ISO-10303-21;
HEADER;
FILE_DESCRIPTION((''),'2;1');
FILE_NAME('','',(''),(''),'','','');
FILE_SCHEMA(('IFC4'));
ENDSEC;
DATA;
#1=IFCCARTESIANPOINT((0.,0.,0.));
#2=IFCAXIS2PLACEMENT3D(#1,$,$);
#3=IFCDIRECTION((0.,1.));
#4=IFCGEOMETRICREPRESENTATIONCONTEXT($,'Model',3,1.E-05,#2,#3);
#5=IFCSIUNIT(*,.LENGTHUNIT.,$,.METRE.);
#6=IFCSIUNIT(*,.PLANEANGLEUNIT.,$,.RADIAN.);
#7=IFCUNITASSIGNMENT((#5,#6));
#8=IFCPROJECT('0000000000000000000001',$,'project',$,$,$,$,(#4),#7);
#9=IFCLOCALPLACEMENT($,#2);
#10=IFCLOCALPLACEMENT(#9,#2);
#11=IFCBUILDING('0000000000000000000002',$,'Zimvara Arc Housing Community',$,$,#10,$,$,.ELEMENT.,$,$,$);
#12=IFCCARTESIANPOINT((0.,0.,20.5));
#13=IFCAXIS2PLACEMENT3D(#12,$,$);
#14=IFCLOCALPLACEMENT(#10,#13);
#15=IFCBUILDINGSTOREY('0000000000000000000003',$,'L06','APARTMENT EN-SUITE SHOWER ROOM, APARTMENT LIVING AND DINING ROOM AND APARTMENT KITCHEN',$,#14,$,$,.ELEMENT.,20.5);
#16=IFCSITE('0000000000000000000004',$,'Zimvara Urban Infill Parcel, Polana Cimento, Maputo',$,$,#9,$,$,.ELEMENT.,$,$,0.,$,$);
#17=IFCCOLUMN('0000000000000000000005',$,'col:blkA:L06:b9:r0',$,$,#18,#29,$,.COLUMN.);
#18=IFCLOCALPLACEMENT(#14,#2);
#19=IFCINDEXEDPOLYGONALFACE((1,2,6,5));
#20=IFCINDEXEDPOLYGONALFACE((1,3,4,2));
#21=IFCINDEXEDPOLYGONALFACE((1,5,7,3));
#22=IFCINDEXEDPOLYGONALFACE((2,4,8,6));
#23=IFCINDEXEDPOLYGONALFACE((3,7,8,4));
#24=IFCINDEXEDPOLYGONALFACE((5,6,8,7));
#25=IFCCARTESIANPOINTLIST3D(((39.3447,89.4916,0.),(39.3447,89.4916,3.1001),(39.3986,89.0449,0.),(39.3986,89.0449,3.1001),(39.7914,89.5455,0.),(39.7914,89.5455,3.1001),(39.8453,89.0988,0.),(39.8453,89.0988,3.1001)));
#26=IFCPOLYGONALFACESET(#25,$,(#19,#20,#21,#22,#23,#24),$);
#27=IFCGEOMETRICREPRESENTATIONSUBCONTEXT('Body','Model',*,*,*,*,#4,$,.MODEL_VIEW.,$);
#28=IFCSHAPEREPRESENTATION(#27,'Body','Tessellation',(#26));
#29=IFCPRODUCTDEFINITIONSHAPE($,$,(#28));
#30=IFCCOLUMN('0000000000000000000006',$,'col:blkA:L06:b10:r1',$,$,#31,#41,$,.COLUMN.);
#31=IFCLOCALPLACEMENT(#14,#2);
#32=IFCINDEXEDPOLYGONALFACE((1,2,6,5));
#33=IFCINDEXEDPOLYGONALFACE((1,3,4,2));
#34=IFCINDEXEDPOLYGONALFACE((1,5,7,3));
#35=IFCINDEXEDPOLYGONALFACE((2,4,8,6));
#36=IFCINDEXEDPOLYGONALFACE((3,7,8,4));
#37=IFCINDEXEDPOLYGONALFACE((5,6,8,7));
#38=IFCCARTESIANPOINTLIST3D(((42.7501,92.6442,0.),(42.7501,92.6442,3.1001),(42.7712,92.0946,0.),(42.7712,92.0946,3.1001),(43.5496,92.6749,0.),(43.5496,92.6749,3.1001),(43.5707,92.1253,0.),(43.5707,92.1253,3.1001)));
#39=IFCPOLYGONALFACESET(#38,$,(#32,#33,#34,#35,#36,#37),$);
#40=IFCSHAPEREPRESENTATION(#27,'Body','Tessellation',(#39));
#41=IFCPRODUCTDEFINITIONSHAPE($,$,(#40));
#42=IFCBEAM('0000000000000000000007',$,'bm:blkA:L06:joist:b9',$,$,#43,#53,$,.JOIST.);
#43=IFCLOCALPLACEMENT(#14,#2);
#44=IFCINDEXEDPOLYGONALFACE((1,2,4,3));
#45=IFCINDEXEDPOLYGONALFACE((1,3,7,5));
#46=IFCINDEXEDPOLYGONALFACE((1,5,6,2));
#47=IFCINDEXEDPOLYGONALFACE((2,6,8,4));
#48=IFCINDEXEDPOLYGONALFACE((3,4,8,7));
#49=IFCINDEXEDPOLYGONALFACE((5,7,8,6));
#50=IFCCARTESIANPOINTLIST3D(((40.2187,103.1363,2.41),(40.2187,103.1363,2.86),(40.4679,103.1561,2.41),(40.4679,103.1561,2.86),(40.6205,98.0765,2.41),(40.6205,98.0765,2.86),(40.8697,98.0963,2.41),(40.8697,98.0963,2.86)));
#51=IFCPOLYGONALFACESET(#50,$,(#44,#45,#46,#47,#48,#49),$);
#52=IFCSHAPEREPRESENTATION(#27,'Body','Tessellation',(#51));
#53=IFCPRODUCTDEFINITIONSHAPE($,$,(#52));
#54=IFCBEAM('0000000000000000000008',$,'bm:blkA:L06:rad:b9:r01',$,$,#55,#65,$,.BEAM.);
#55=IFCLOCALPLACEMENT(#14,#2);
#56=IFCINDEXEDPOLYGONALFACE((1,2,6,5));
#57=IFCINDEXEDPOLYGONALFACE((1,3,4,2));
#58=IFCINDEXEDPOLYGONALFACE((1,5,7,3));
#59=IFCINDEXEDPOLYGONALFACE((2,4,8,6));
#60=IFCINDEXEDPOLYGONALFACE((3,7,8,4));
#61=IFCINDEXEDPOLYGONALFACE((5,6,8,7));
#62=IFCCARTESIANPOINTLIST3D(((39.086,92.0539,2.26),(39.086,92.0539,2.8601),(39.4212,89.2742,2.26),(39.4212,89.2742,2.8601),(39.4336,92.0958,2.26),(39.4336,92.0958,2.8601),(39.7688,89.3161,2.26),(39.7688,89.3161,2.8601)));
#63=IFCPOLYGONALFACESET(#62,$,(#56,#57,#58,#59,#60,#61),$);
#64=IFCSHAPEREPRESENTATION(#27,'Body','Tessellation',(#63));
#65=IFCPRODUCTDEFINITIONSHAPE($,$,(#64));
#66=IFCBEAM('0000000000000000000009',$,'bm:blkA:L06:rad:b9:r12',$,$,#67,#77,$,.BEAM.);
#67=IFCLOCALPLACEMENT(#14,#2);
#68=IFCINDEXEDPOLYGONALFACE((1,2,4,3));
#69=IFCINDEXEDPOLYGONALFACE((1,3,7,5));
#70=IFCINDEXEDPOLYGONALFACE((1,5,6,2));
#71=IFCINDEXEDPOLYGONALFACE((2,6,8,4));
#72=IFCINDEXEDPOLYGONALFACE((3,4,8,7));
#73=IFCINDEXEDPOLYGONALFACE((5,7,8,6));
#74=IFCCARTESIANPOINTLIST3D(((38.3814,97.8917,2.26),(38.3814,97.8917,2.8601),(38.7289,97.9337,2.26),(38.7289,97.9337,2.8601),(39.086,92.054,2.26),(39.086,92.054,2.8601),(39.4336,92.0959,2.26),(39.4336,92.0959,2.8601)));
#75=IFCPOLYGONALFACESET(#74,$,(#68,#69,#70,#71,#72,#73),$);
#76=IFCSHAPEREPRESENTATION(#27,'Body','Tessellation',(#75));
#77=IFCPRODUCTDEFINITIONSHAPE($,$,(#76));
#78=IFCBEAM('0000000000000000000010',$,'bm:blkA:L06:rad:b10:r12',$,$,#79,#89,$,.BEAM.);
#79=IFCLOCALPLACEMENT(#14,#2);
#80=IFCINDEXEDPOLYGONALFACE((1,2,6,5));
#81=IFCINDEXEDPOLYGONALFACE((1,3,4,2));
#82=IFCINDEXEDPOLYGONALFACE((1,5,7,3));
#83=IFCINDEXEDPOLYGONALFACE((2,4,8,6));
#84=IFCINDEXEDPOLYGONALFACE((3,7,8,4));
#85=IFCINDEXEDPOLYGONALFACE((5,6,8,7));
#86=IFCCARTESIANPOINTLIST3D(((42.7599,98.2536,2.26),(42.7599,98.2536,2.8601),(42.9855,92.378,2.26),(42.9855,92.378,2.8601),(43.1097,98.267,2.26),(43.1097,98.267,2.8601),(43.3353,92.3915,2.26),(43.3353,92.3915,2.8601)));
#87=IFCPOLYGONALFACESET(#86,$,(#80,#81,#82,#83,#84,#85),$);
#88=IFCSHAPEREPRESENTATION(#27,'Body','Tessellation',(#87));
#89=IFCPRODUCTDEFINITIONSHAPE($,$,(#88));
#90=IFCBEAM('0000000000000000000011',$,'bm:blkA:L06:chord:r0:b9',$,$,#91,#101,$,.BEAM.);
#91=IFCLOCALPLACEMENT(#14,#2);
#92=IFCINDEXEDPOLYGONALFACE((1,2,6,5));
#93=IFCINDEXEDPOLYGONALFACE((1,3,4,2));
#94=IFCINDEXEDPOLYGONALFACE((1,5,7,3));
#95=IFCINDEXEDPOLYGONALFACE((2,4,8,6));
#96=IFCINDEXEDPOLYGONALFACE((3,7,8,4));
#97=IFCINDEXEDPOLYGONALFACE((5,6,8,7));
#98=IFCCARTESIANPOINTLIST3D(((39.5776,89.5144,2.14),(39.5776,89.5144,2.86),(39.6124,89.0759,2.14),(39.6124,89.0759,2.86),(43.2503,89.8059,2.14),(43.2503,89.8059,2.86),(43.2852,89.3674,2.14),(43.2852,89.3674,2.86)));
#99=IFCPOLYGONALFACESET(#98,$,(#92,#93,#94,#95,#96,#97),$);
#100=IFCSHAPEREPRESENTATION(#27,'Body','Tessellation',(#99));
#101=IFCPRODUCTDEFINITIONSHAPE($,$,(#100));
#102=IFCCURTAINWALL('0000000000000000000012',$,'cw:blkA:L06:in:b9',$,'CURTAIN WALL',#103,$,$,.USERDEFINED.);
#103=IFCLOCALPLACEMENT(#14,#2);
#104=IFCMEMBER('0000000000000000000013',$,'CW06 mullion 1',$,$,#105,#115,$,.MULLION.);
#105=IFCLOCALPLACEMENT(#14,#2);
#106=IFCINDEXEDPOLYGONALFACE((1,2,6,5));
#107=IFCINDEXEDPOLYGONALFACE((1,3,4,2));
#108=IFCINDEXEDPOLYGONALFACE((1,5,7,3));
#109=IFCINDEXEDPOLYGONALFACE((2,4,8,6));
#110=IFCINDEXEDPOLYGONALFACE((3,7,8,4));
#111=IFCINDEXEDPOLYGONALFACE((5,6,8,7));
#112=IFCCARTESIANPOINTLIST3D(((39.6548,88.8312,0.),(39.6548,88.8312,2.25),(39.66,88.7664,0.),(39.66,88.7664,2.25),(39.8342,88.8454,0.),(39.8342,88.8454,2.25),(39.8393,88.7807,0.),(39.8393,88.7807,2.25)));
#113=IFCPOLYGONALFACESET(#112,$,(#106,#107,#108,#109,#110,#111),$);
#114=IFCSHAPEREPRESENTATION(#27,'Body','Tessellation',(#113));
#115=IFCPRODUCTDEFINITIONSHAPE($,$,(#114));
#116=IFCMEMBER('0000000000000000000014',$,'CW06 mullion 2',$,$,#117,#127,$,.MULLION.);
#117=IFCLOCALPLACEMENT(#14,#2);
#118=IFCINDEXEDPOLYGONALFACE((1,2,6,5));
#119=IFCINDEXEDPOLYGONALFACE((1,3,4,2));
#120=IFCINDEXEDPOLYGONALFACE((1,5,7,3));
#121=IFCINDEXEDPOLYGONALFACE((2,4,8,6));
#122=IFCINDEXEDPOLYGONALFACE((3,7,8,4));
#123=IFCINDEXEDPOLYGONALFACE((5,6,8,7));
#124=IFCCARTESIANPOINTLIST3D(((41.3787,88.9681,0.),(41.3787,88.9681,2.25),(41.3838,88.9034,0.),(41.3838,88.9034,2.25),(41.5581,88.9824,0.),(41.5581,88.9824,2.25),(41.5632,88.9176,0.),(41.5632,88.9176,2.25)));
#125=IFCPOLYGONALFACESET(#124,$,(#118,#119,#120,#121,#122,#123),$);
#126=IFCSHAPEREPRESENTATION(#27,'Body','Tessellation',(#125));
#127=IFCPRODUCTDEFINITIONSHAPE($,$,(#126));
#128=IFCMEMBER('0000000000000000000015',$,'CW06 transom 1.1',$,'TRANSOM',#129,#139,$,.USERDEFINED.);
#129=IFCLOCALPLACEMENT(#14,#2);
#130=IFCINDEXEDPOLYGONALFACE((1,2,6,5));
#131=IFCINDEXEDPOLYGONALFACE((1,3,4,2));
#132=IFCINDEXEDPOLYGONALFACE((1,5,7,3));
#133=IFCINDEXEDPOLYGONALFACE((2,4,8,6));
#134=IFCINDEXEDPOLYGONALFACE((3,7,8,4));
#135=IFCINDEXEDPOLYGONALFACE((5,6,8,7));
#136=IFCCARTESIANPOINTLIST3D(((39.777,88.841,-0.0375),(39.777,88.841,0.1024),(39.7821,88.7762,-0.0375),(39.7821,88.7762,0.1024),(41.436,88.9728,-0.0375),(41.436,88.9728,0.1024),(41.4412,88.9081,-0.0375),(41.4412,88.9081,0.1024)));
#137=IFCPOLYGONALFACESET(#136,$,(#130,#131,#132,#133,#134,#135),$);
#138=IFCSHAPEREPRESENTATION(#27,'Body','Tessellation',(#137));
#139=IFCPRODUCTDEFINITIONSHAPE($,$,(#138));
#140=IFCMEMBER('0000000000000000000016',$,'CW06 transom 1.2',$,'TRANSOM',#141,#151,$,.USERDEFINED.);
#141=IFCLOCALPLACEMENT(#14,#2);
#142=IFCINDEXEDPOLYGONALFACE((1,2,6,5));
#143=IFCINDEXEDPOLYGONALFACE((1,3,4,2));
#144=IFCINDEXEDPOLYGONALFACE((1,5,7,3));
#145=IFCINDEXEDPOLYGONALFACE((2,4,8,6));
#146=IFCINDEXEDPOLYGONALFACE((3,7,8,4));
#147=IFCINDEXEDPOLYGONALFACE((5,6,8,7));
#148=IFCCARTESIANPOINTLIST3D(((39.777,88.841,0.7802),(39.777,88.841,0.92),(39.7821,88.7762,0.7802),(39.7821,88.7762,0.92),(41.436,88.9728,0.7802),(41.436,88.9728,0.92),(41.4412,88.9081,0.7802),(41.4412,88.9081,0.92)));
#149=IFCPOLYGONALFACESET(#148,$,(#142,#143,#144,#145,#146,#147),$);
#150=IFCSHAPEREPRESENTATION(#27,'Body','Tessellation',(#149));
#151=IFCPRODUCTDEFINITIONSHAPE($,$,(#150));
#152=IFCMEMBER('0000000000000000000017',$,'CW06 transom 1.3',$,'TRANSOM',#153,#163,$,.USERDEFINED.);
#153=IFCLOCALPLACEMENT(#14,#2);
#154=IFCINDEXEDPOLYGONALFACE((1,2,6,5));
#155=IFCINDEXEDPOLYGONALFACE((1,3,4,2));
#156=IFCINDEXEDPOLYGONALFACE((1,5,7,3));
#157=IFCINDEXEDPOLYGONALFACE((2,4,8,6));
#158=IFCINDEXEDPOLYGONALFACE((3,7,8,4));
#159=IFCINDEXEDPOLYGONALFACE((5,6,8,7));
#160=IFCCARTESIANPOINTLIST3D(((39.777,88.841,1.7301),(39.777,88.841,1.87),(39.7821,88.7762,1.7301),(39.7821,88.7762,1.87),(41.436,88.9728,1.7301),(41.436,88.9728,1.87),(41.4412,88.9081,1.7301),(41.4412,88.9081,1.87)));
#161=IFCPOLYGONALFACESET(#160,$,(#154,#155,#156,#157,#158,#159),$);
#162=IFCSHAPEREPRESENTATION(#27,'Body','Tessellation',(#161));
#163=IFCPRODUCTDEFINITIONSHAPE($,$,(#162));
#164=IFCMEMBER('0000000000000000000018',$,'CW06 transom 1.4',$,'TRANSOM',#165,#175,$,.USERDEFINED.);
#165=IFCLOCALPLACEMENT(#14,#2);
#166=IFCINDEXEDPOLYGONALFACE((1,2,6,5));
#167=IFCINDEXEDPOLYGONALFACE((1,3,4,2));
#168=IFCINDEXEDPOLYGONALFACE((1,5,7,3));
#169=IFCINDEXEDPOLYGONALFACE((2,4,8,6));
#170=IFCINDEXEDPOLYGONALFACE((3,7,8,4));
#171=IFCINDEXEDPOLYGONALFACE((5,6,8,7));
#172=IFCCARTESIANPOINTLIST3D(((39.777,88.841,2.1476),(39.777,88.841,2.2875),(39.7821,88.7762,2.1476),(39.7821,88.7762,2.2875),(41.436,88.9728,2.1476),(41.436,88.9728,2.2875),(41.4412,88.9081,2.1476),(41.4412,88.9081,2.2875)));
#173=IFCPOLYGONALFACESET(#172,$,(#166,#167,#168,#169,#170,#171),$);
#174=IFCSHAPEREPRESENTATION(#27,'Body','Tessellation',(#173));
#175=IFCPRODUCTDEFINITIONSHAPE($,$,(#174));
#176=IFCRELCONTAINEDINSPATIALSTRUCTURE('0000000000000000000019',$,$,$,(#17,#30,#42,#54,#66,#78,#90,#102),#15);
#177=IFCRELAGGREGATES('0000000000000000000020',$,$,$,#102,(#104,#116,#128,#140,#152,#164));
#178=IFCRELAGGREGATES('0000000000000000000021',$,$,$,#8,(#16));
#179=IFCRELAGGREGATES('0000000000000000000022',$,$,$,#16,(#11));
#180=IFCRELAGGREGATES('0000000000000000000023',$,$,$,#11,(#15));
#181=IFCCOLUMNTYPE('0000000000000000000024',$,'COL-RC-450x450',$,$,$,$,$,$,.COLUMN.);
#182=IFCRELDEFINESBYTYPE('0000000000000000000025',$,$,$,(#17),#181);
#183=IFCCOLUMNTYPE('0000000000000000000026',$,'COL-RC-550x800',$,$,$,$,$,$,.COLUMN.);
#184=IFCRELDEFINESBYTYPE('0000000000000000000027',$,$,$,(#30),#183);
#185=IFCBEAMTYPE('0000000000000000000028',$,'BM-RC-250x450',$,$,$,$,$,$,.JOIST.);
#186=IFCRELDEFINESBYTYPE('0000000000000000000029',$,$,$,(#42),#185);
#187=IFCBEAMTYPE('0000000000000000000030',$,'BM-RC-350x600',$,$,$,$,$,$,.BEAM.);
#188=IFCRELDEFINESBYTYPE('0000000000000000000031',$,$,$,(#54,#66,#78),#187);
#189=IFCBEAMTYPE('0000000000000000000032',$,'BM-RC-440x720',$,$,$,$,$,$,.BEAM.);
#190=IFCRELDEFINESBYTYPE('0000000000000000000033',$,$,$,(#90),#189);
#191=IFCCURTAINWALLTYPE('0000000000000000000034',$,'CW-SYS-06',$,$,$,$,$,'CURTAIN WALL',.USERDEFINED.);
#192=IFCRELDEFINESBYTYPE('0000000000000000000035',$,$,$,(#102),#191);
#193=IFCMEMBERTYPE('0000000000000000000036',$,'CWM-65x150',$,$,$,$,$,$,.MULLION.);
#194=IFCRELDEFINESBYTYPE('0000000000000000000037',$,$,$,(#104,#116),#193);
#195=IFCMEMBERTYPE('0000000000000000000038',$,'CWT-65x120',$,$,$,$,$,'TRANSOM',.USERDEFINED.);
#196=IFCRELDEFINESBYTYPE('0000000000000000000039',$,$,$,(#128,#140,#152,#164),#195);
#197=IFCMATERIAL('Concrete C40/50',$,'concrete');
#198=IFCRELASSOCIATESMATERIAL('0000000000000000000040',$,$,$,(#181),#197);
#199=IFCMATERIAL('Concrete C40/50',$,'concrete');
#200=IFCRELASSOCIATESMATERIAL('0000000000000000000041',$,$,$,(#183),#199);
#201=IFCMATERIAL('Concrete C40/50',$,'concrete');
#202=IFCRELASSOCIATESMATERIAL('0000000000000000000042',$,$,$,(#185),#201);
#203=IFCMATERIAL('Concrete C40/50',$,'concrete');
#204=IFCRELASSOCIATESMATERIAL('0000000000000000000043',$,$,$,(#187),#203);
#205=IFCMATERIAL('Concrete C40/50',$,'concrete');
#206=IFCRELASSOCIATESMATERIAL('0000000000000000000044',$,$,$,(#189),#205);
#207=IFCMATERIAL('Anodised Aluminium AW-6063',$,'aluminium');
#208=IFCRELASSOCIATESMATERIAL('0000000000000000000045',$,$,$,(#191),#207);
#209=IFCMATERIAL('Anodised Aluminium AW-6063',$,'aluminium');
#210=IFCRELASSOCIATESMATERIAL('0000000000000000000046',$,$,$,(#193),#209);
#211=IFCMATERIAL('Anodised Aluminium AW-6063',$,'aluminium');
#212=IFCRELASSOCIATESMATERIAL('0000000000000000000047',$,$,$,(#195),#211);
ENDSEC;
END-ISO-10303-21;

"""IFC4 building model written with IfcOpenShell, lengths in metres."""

from ifc_helpers import new_model, si_unit, direction, frame, origin, origin_2d, place, context, subcontext, project, spatial, rectangle, extrude, material, material_profile, profile_set, type_object, element, aggregate, save


model = new_model("IFC4")

# Units and contexts
model_context = context("Model", 3, precision=1e-05, world=origin(), true_north=direction((0.0, 1.0)))
body_context = subcontext(model_context, "Body", "Model", "MODEL_VIEW")
ifc_project = project(units=[si_unit("LENGTHUNIT", "METRE"), si_unit("PLANEANGLEUNIT", "RADIAN")], contexts=[model_context])

# Site, building, storey
site_placement = place(None, origin())
site = spatial("IfcSite", under=ifc_project, at=site_placement, Name="Zimvara Urban Infill Parcel, Polana Cimento, Maputo", CompositionType="ELEMENT", RefElevation=0.0)
building_placement = place(site_placement, origin())
building = spatial("IfcBuilding", under=site, at=building_placement, Name="Zimvara Arc Housing Community", CompositionType="ELEMENT")
storey_placement = place(building_placement, frame((0.0, 0.0, 20.5)))
storey = spatial("IfcBuildingStorey", under=building, at=storey_placement, Name="L06", Description="APARTMENT EN-SUITE SHOWER ROOM, APARTMENT LIVING AND DINING ROOM AND APARTMENT KITCHEN", CompositionType="ELEMENT", Elevation=20.5)

# Columns
ifc_material_1 = material(Name="Concrete C40/50", Category="concrete")
ifc_material_profile_1 = material_profile(ifc_material_1, rectangle(XDim=0.45, YDim=0.45, at=origin_2d()), Name="RC 450x450")
ifc_profile_set_1 = profile_set([ifc_material_profile_1], Name="Concrete C40/50")
column_type_1 = type_object("IfcColumnType", Name="COL-RC-450x450", PredefinedType="COLUMN", material=ifc_profile_set_1)
column_1_placement = place(storey_placement, frame((39.595, 89.2952, 0.0), z_axis=(0.0, 0.0, 1.0), x_axis=(-0.11979, 0.992799, 0.0)))
element("IfcColumn", 1, at=column_1_placement, inside=storey, type_object=column_type_1, Name="col:blkA:L06:b9:r0", PredefinedType="COLUMN", context=body_context, shape_type="SweptSolid", body=[
    extrude(rectangle(XDim=0.45, YDim=0.45, at=origin_2d()), origin(), (0.0, 0.0, 1.0), 3.1001),
])
ifc_material_2 = material(Name="Concrete C40/50", Category="concrete")
ifc_material_profile_2 = material_profile(ifc_material_2, rectangle(XDim=0.55, YDim=0.8, at=origin_2d()), Name="RC 550x800")
ifc_profile_set_2 = profile_set([ifc_material_profile_2], Name="Concrete C40/50")
column_type_2 = type_object("IfcColumnType", Name="COL-RC-550x800", PredefinedType="COLUMN", material=ifc_profile_set_2)
column_2_placement = place(storey_placement, frame((43.1604, 92.3848, 0.0), z_axis=(0.0, 0.0, 1.0), x_axis=(-0.038388, 0.999263, 0.0)))
element("IfcColumn", 2, at=column_2_placement, inside=storey, type_object=column_type_2, Name="col:blkA:L06:b10:r1", PredefinedType="COLUMN", context=body_context, shape_type="SweptSolid", body=[
    extrude(rectangle(XDim=0.55, YDim=0.8, at=origin_2d()), origin(), (0.0, 0.0, 1.0), 3.1001),
])

# Beams
ifc_material_3 = material(Name="Concrete C40/50", Category="concrete")
ifc_material_profile_3 = material_profile(ifc_material_3, rectangle(XDim=0.25, YDim=0.45, at=origin_2d()), Name="RC 250x450")
ifc_profile_set_3 = profile_set([ifc_material_profile_3], Name="Concrete C40/50")
beam_type_1 = type_object("IfcBeamType", Name="BM-RC-250x450", PredefinedType="JOIST", material=ifc_profile_set_3)
beam_1_placement = place(storey_placement, frame((40.7451, 98.0864, 2.635), z_axis=(-0.079172, 0.996861, 0.0), x_axis=(-0.996861, -0.079172, 0.0)))
element("IfcBeam", 3, at=beam_1_placement, inside=storey, type_object=beam_type_1, Name="bm:blkA:L06:joist:b9", PredefinedType="JOIST", context=body_context, shape_type="SweptSolid", body=[
    extrude(rectangle(XDim=0.25, YDim=0.45, at=origin_2d()), origin(), (0.0, 0.0, 1.0), 5.0757),
])
ifc_material_4 = material(Name="Concrete C40/50", Category="concrete")
ifc_material_profile_4 = material_profile(ifc_material_4, rectangle(XDim=0.3501, YDim=0.6001, at=origin_2d()), Name="RC 350x600")
ifc_profile_set_4 = profile_set([ifc_material_profile_4], Name="Concrete C40/50")
beam_type_2 = type_object("IfcBeamType", Name="BM-RC-350x600", PredefinedType="BEAM", material=ifc_profile_set_4)
beam_2_placement = place(storey_placement, frame((39.595, 89.2952, 2.5601), z_axis=(-0.119719, 0.992808, 0.0), x_axis=(-0.992808, -0.119719, 0.0)))
element("IfcBeam", 4, at=beam_2_placement, inside=storey, type_object=beam_type_2, Name="bm:blkA:L06:rad:b9:r01", PredefinedType="BEAM", context=body_context, shape_type="SweptSolid", body=[
    extrude(rectangle(XDim=0.3501, YDim=0.6001, at=origin_2d()), origin(), (0.0, 0.0, 1.0), 2.7998),
])
beam_3_placement = place(storey_placement, frame((39.2598, 92.075, 2.5601), z_axis=(-0.119828, 0.992795, 0.0), x_axis=(-0.992795, -0.119828, 0.0)))
element("IfcBeam", 5, at=beam_3_placement, inside=storey, type_object=beam_type_2, Name="bm:blkA:L06:rad:b9:r12", PredefinedType="BEAM", context=body_context, shape_type="SweptSolid", body=[
    extrude(rectangle(XDim=0.3501, YDim=0.6001, at=origin_2d()), origin(), (0.0, 0.0, 1.0), 5.8801),
])
beam_4_placement = place(storey_placement, frame((43.1604, 92.3848, 2.5601), z_axis=(-0.038366, 0.999264, 0.0), x_axis=(-0.999264, -0.038366, 0.0)))
element("IfcBeam", 6, at=beam_4_placement, inside=storey, type_object=beam_type_2, Name="bm:blkA:L06:rad:b10:r12", PredefinedType="BEAM", context=body_context, shape_type="SweptSolid", body=[
    extrude(rectangle(XDim=0.3501, YDim=0.6001, at=origin_2d()), origin(), (0.0, 0.0, 1.0), 5.8799),
])
ifc_material_5 = material(Name="Concrete C40/50", Category="concrete")
ifc_material_profile_5 = material_profile(ifc_material_5, rectangle(XDim=0.4399, YDim=0.72, at=origin_2d()), Name="RC 440x720")
ifc_profile_set_5 = profile_set([ifc_material_profile_5], Name="Concrete C40/50")
beam_type_3 = type_object("IfcBeamType", Name="BM-RC-440x720", PredefinedType="BEAM", material=ifc_profile_set_5)
beam_5_placement = place(storey_placement, frame((39.595, 89.2952, 2.5), z_axis=(0.996865, 0.079118, 0.0), x_axis=(-0.079118, 0.996865, 0.0)))
element("IfcBeam", 7, at=beam_5_placement, inside=storey, type_object=beam_type_3, Name="bm:blkA:L06:chord:r0:b9", PredefinedType="BEAM", context=body_context, shape_type="SweptSolid", body=[
    extrude(rectangle(XDim=0.4399, YDim=0.72, at=origin_2d()), origin(), (0.0, 0.0, 1.0), 3.6843),
])

# Curtain wall, members
ifc_material_6 = material(Name="Anodised Aluminium AW-6063", Category="aluminium")
curtain_wall_type = type_object("IfcCurtainWallType", Name="CW-SYS-06", ElementType="CURTAIN WALL", PredefinedType="USERDEFINED", material=ifc_material_6)
curtain_wall_placement = place(storey_placement, origin())
curtain_wall = element("IfcCurtainWall", 8, at=curtain_wall_placement, inside=storey, type_object=curtain_wall_type, Name="cw:blkA:L06:in:b9", ObjectType="CURTAIN WALL", PredefinedType="USERDEFINED")
ifc_material_7 = material(Name="Anodised Aluminium AW-6063", Category="aluminium")
ifc_material_profile_6 = material_profile(ifc_material_7, rectangle(XDim=0.0649, YDim=0.1799, at=origin_2d()), Name="ALU 65x180")
ifc_profile_set_6 = profile_set([ifc_material_profile_6], Name="Anodised Aluminium AW-6063")
member_type_1 = type_object("IfcMemberType", Name="CWM-65x150", PredefinedType="MULLION", material=ifc_profile_set_6)
member_1_placement = place(storey_placement, frame((39.7471, 88.8059, 0.0), z_axis=(0.0, 0.0, 1.0), x_axis=(-0.079155, 0.996862, 0.0)))
member_1 = element("IfcMember", 9, at=member_1_placement, type_object=member_type_1, Name="CW06 mullion 1", PredefinedType="MULLION", context=body_context, shape_type="SweptSolid", body=[
    extrude(rectangle(XDim=0.0649, YDim=0.1799, at=origin_2d()), origin(), (0.0, 0.0, 1.0), 2.25),
])
member_2_placement = place(storey_placement, frame((41.4709, 88.9429, 0.0), z_axis=(0.0, 0.0, 1.0), x_axis=(-0.079155, 0.996862, 0.0)))
member_2 = element("IfcMember", 10, at=member_2_placement, type_object=member_type_1, Name="CW06 mullion 2", PredefinedType="MULLION", context=body_context, shape_type="SweptSolid", body=[
    extrude(rectangle(XDim=0.0649, YDim=0.1799, at=origin_2d()), origin(), (0.0, 0.0, 1.0), 2.25),
])
ifc_material_8 = material(Name="Anodised Aluminium AW-6063", Category="aluminium")
ifc_material_profile_7 = material_profile(ifc_material_8, rectangle(XDim=0.0649, YDim=0.1399, at=origin_2d()), Name="ALU 65x140")
ifc_profile_set_7 = profile_set([ifc_material_profile_7], Name="Anodised Aluminium AW-6063")
member_type_2 = type_object("IfcMemberType", Name="CWT-65x120", ElementType="TRANSOM", PredefinedType="USERDEFINED", material=ifc_profile_set_7)
member_3_placement = place(storey_placement, frame((39.7795, 88.8086, 0.0325), z_axis=(0.996858, 0.079209, 0.0), x_axis=(-0.079209, 0.996858, 0.0)))
member_3 = element("IfcMember", 11, at=member_3_placement, type_object=member_type_2, Name="CW06 transom 1.1", ObjectType="TRANSOM", PredefinedType="USERDEFINED", context=body_context, shape_type="SweptSolid", body=[
    extrude(rectangle(XDim=0.0649, YDim=0.1399, at=origin_2d()), origin(), (0.0, 0.0, 1.0), 1.6643),
])
member_4_placement = place(storey_placement, frame((39.7795, 88.8086, 0.8501), z_axis=(0.996858, 0.079209, 0.0), x_axis=(-0.079209, 0.996858, 0.0)))
member_4 = element("IfcMember", 12, at=member_4_placement, type_object=member_type_2, Name="CW06 transom 1.2", ObjectType="TRANSOM", PredefinedType="USERDEFINED", context=body_context, shape_type="SweptSolid", body=[
    extrude(rectangle(XDim=0.0649, YDim=0.1399, at=origin_2d()), origin(), (0.0, 0.0, 1.0), 1.6643),
])
member_5_placement = place(storey_placement, frame((39.7795, 88.8086, 1.8), z_axis=(0.996858, 0.079209, 0.0), x_axis=(-0.079209, 0.996858, 0.0)))
member_5 = element("IfcMember", 13, at=member_5_placement, type_object=member_type_2, Name="CW06 transom 1.3", ObjectType="TRANSOM", PredefinedType="USERDEFINED", context=body_context, shape_type="SweptSolid", body=[
    extrude(rectangle(XDim=0.0649, YDim=0.1399, at=origin_2d()), origin(), (0.0, 0.0, 1.0), 1.6643),
])
member_6_placement = place(storey_placement, frame((39.7795, 88.8086, 2.2175), z_axis=(0.996858, 0.079209, 0.0), x_axis=(-0.079209, 0.996858, 0.0)))
member_6 = element("IfcMember", 14, at=member_6_placement, type_object=member_type_2, Name="CW06 transom 1.4", ObjectType="TRANSOM", PredefinedType="USERDEFINED", context=body_context, shape_type="SweptSolid", body=[
    extrude(rectangle(XDim=0.0649, YDim=0.1399, at=origin_2d()), origin(), (0.0, 0.0, 1.0), 1.6643),
])
aggregate(curtain_wall, [member_1, member_2, member_3, member_4, member_5, member_6])

save(model, "model.ifc")
